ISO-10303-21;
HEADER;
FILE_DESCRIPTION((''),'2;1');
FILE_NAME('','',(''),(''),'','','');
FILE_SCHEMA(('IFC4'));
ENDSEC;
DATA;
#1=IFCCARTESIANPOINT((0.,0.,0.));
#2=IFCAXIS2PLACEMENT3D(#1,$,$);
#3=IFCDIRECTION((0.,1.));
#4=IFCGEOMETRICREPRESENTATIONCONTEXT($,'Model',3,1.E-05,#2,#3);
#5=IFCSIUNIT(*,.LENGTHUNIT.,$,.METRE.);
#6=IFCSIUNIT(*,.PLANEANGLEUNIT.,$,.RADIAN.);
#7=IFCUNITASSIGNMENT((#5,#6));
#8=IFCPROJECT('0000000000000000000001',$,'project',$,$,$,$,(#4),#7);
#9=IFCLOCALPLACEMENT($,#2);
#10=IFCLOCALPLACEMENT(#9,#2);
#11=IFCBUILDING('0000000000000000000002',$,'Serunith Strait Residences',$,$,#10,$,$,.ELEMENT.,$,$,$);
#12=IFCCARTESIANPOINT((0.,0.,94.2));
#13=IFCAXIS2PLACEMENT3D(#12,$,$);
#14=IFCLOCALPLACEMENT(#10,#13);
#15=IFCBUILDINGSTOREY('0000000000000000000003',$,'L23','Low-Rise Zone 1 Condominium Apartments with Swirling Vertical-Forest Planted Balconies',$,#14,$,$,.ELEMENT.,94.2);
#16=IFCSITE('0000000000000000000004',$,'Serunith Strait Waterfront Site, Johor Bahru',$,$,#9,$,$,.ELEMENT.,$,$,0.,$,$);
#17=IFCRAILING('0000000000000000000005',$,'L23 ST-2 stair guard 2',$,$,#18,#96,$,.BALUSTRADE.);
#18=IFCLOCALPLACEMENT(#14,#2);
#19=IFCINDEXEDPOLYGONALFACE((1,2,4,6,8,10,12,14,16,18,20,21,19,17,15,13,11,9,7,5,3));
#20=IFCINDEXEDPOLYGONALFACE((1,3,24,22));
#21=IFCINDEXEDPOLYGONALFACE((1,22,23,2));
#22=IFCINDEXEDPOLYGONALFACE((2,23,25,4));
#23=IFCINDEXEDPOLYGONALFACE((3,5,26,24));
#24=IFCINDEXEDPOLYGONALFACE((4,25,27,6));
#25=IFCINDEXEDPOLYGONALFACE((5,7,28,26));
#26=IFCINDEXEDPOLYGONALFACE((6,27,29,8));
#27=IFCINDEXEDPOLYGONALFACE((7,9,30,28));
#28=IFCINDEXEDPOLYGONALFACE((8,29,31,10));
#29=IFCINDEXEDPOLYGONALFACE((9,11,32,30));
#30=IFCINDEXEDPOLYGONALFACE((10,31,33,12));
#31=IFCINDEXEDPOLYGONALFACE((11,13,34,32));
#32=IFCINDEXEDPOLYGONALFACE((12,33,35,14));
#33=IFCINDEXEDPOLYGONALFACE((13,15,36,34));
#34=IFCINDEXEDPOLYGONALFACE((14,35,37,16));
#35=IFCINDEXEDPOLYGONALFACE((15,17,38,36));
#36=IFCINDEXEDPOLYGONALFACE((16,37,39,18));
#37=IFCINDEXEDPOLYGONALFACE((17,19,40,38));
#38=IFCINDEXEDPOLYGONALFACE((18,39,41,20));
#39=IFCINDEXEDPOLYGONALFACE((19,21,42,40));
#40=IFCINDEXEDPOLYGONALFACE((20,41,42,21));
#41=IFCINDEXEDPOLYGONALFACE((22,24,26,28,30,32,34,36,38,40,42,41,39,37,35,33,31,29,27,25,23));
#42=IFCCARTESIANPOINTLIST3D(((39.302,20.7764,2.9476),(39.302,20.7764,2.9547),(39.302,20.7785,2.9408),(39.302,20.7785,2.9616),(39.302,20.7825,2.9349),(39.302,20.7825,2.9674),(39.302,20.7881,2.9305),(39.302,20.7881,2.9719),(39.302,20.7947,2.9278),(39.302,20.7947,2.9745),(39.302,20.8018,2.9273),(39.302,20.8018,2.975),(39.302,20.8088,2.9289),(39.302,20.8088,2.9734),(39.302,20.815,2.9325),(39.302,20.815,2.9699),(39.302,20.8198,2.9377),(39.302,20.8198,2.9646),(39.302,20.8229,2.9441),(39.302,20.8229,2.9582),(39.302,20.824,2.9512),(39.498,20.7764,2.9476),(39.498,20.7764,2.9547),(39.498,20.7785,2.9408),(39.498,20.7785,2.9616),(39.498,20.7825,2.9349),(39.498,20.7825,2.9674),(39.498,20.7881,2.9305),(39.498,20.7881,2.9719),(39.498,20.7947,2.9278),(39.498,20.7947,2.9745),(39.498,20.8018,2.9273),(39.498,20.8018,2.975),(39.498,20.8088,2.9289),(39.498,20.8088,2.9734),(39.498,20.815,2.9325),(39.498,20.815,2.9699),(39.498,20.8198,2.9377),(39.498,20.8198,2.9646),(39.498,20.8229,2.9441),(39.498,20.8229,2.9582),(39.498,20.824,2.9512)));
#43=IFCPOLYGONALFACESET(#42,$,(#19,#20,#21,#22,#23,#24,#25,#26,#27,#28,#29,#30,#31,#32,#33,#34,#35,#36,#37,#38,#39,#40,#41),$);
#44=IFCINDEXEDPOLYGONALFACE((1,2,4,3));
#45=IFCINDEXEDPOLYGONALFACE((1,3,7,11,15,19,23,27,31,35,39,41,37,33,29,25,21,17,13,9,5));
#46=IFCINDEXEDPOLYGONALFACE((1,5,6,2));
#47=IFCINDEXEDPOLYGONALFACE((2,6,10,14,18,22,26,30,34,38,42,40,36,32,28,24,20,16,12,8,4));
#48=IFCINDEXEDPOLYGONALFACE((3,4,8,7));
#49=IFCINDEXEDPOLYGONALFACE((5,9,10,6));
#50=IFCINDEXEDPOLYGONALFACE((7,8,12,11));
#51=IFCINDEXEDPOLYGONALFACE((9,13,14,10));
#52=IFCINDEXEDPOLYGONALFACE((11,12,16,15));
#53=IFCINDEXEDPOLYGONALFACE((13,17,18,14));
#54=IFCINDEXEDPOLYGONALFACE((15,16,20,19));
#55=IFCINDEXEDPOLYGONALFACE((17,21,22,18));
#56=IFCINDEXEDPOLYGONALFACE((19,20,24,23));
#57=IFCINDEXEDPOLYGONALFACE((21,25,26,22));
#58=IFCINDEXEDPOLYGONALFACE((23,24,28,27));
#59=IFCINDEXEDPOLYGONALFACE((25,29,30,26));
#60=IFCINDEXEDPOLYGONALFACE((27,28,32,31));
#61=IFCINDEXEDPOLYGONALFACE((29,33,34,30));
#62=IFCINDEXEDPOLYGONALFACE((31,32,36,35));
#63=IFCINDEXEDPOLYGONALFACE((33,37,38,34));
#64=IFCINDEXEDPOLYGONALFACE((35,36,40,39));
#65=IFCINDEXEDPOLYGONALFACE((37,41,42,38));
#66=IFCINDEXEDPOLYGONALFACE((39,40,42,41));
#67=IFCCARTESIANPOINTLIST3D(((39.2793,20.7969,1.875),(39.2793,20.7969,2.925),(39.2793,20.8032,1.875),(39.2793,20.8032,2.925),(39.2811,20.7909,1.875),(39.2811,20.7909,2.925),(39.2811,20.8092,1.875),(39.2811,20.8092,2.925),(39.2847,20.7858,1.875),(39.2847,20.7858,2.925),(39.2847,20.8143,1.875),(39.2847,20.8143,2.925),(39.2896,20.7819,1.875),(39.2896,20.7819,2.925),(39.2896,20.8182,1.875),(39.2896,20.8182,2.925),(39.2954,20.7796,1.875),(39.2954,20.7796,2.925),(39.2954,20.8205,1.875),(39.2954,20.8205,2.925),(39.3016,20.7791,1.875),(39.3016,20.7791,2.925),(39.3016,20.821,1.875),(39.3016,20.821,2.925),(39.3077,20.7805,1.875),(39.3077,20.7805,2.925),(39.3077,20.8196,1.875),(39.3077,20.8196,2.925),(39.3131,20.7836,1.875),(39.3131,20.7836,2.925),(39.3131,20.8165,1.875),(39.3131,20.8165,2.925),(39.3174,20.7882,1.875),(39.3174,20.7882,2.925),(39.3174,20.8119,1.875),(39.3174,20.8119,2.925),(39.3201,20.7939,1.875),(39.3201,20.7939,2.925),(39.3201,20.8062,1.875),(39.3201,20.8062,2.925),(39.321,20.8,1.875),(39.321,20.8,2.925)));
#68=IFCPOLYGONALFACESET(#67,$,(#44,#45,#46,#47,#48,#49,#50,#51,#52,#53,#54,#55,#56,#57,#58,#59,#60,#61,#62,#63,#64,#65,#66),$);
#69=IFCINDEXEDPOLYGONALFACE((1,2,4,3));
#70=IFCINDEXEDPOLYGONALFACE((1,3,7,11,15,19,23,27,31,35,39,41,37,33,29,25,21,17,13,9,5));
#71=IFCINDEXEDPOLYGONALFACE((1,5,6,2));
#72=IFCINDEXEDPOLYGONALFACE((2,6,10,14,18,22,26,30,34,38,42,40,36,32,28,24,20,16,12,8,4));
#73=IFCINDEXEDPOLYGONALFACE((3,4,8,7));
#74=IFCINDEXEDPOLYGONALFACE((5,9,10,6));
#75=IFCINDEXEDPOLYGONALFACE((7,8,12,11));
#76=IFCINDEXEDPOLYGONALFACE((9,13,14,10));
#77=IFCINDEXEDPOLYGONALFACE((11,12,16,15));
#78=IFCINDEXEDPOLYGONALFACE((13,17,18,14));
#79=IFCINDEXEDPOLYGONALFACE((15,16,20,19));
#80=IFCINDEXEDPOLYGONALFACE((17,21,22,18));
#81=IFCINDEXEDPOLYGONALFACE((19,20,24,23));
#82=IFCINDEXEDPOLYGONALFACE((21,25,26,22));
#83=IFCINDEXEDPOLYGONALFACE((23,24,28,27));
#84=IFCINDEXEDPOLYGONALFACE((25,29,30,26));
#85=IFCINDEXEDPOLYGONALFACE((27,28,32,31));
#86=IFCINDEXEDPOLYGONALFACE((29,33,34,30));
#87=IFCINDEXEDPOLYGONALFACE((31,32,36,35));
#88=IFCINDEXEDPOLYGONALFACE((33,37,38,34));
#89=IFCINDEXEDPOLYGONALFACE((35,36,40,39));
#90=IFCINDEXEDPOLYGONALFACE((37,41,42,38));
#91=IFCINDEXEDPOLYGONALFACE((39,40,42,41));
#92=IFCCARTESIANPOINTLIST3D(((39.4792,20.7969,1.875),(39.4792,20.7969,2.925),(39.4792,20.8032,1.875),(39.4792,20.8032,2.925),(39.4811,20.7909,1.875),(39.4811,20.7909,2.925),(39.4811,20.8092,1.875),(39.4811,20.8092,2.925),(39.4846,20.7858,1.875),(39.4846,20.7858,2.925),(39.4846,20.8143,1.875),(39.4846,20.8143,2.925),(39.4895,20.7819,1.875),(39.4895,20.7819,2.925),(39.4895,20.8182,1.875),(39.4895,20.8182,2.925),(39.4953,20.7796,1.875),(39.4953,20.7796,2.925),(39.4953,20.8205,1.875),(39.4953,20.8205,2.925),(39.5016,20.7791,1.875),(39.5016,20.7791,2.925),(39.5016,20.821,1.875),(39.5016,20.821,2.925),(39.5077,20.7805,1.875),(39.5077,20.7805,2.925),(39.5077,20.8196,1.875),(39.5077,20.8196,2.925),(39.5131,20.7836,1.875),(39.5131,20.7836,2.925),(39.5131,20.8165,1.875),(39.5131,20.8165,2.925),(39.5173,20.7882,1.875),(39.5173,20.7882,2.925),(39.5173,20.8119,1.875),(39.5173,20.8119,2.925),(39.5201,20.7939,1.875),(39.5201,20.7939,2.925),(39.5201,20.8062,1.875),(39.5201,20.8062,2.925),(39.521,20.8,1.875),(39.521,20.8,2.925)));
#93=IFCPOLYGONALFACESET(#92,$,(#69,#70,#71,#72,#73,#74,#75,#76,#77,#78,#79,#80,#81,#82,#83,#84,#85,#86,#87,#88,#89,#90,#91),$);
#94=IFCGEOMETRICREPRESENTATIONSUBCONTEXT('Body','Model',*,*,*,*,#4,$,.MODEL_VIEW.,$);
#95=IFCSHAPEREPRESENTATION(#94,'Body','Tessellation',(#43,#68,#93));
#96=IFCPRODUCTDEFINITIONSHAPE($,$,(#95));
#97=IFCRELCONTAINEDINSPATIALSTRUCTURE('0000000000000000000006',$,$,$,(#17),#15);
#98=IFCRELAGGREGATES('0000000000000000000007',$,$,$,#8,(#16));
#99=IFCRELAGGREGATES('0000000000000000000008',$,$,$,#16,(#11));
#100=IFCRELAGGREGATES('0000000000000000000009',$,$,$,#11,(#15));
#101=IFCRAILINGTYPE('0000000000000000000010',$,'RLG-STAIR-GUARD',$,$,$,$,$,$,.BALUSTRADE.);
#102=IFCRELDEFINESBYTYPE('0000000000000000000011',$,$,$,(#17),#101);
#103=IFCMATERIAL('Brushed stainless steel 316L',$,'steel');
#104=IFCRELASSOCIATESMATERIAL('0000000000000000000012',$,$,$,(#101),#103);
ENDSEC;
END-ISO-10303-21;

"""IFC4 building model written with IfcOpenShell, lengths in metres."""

from ifc_helpers import new_model, si_unit, direction, frame, origin, origin_2d, place, context, subcontext, project, spatial, circle, extrude, material, type_object, element, save


model = new_model("IFC4")

# Units and contexts
model_context = context("Model", 3, precision=1e-05, world=origin(), true_north=direction((0.0, 1.0)))
body_context = subcontext(model_context, "Body", "Model", "MODEL_VIEW")
ifc_project = project(units=[si_unit("LENGTHUNIT", "METRE"), si_unit("PLANEANGLEUNIT", "RADIAN")], contexts=[model_context])

# Site, building, storey
site_placement = place(None, origin())
site = spatial("IfcSite", under=ifc_project, at=site_placement, Name="Serunith Strait Waterfront Site, Johor Bahru", CompositionType="ELEMENT", RefElevation=0.0)
building_placement = place(site_placement, origin())
building = spatial("IfcBuilding", under=site, at=building_placement, Name="Serunith Strait Residences", CompositionType="ELEMENT")
storey_placement = place(building_placement, frame((0.0, 0.0, 94.2)))
storey = spatial("IfcBuildingStorey", under=building, at=storey_placement, Name="L23", Description="Low-Rise Zone 1 Condominium Apartments with Swirling Vertical-Forest Planted Balconies", CompositionType="ELEMENT", Elevation=94.2)

# Railing
ifc_material_1 = material(Name="Brushed stainless steel 316L", Category="steel")
railing_type_1 = type_object("IfcRailingType", Name="RLG-STAIR-GUARD", PredefinedType="BALUSTRADE", material=ifc_material_1)
railing_1_placement = place(storey_placement, frame((39.3, 20.8, 1.875)))
element("IfcRailing", 1, at=railing_1_placement, inside=storey, type_object=railing_type_1, Name="L23 ST-2 stair guard 2", PredefinedType="BALUSTRADE", context=body_context, shape_type="SweptSolid", body=[
    extrude(circle(Radius=0.0239, at=origin_2d()), frame((0.002, 0.0, 1.0762), z_axis=(1.0, 0.0, 0.0), x_axis=(0.0, 1.0, 0.0)), (0.0, 0.0, 1.0), 0.196),
    extrude(circle(Radius=0.021, at=origin_2d()), origin(), (0.0, 0.0, 1.0), 1.05),
    extrude(circle(Radius=0.021, at=origin_2d()), frame((0.2, 0.0, 0.0)), (0.0, 0.0, 1.0), 1.05),
])

save(model, "model.ifc")
